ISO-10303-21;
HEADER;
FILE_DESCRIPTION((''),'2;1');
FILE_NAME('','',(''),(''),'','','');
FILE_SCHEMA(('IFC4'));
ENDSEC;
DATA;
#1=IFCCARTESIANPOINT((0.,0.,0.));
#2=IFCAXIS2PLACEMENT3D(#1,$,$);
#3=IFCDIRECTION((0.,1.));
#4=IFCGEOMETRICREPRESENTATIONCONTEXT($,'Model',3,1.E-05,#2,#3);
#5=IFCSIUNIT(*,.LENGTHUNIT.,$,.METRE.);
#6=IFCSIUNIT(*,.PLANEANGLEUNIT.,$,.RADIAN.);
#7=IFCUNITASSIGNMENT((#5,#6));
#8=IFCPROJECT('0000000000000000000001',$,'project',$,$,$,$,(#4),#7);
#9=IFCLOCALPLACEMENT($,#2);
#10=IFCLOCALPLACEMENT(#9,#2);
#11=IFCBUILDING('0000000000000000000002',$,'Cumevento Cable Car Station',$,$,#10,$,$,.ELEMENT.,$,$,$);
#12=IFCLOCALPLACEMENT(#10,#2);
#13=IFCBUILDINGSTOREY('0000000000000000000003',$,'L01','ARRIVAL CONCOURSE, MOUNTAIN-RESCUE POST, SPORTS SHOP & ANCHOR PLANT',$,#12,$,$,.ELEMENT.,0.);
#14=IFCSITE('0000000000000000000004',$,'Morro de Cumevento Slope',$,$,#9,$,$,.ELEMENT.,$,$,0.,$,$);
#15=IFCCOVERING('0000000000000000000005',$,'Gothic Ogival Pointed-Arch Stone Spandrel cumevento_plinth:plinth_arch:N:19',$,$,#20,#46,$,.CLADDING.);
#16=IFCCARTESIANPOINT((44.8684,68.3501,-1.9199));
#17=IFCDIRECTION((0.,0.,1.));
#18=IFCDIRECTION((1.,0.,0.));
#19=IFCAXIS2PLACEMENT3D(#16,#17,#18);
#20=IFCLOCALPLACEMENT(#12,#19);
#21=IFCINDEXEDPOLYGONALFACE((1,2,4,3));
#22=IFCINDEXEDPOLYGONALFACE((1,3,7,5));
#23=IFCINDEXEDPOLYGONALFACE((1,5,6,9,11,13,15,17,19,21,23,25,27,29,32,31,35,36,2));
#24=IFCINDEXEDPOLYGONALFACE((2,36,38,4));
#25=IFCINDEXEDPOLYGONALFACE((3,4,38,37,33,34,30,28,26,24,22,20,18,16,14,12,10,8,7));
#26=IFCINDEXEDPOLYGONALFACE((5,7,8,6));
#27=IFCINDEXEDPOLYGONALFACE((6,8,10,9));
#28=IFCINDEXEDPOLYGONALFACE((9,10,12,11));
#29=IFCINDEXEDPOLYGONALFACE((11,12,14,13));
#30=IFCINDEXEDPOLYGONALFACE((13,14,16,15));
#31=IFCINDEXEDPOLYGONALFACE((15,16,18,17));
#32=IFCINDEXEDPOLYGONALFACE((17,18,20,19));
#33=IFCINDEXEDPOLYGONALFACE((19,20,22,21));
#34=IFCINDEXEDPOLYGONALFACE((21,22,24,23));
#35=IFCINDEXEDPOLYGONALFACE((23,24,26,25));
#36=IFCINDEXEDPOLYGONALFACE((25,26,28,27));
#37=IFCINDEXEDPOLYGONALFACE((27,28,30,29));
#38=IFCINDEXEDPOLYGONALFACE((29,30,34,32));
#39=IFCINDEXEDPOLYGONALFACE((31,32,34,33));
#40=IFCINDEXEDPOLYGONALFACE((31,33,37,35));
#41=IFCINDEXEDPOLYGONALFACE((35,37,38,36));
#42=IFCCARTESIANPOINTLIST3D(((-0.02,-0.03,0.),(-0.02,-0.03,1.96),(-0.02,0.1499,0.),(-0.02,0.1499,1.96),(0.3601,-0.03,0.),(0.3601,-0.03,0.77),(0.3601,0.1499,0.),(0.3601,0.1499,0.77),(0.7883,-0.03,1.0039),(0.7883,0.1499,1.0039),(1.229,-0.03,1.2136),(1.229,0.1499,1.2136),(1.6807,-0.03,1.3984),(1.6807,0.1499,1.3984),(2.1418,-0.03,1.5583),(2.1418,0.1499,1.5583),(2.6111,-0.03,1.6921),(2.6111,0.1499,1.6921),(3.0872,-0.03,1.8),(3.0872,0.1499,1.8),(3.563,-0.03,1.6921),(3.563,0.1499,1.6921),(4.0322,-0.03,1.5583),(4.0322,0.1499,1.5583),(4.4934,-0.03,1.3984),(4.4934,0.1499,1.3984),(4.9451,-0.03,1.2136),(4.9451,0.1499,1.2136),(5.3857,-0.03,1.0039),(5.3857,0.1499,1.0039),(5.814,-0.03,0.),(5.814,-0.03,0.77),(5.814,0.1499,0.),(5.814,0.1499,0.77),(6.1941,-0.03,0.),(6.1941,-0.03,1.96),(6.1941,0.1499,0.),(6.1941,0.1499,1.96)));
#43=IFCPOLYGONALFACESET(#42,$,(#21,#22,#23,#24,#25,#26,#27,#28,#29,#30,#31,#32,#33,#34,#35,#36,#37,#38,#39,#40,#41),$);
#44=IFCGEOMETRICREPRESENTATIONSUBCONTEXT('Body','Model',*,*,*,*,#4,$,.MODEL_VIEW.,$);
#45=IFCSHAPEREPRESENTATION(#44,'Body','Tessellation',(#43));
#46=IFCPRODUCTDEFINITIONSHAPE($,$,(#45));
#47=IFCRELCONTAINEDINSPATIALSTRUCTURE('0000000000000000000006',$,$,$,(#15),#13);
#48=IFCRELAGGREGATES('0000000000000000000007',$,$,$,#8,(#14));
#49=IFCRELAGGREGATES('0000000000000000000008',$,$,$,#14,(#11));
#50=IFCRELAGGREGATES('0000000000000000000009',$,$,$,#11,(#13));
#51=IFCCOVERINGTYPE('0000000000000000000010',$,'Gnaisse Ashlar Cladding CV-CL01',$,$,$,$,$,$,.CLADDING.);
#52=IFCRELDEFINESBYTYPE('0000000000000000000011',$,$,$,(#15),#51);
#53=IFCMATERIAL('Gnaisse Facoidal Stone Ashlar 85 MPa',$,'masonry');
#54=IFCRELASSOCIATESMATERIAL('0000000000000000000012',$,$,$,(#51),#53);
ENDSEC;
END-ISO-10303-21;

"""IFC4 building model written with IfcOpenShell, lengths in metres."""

from ifc_helpers import new_model, si_unit, direction, frame, origin, place, context, subcontext, project, spatial, polyline, outline, extrude, material, type_object, element, save


model = new_model("IFC4")

# Units and contexts
model_context = context("Model", 3, precision=1e-05, world=origin(), true_north=direction((0.0, 1.0)))
body_context = subcontext(model_context, "Body", "Model", "MODEL_VIEW")
ifc_project = project(units=[si_unit("LENGTHUNIT", "METRE"), si_unit("PLANEANGLEUNIT", "RADIAN")], contexts=[model_context])

# Site, building, storey
site_placement = place(None, origin())
site = spatial("IfcSite", under=ifc_project, at=site_placement, Name="Morro de Cumevento Slope", CompositionType="ELEMENT", RefElevation=0.0)
building_placement = place(site_placement, origin())
building = spatial("IfcBuilding", under=site, at=building_placement, Name="Cumevento Cable Car Station", CompositionType="ELEMENT")
storey_placement = place(building_placement, origin())
storey = spatial("IfcBuildingStorey", under=building, at=storey_placement, Name="L01", Description="ARRIVAL CONCOURSE, MOUNTAIN-RESCUE POST, SPORTS SHOP & ANCHOR PLANT", CompositionType="ELEMENT", Elevation=0.0)

# Covering
ifc_material_1 = material(Name="Gnaisse Facoidal Stone Ashlar 85 MPa", Category="masonry")
covering_type = type_object("IfcCoveringType", Name="Gnaisse Ashlar Cladding CV-CL01", PredefinedType="CLADDING", material=ifc_material_1)
for number, where, z_axis, x_axis, name in (
    (1, (44.8684, 68.3501, -1.9199), (0.0, 0.0, 1.0), (1.0, 0.0, 0.0), "Gothic Ogival Pointed-Arch Stone Spandrel cumevento_plinth:plinth_arch:N:19"),
):
    element("IfcCovering", number, at=place(storey_placement, frame(where, z_axis=z_axis, x_axis=x_axis)), inside=storey, type_object=covering_type, Name=name, PredefinedType="CLADDING", context=body_context, shape_type="SweptSolid", body=[
        extrude(outline(polyline([(-0.02, 0.0), (-0.02, 1.96), (6.1941, 1.96), (6.1941, 0.0), (5.814, 0.0), (5.814, 0.77), (5.3857, 1.0039), (4.9451, 1.2136), (4.4934, 1.3984), (4.0322, 1.5583), (3.563, 1.6921), (3.0872, 1.8), (2.6111, 1.6921), (2.1418, 1.5583), (1.6807, 1.3984), (1.229, 1.2136), (0.7883, 1.0039), (0.3601, 0.77), (0.3601, 0.0), (-0.02, 0.0)])), frame((0.0, 0.1499, 0.0), z_axis=(0.0, -1.0, 0.0), x_axis=(1.0, 0.0, 0.0)), (0.0, 0.0, 1.0), 0.1799),
    ])

save(model, "model.ifc")
